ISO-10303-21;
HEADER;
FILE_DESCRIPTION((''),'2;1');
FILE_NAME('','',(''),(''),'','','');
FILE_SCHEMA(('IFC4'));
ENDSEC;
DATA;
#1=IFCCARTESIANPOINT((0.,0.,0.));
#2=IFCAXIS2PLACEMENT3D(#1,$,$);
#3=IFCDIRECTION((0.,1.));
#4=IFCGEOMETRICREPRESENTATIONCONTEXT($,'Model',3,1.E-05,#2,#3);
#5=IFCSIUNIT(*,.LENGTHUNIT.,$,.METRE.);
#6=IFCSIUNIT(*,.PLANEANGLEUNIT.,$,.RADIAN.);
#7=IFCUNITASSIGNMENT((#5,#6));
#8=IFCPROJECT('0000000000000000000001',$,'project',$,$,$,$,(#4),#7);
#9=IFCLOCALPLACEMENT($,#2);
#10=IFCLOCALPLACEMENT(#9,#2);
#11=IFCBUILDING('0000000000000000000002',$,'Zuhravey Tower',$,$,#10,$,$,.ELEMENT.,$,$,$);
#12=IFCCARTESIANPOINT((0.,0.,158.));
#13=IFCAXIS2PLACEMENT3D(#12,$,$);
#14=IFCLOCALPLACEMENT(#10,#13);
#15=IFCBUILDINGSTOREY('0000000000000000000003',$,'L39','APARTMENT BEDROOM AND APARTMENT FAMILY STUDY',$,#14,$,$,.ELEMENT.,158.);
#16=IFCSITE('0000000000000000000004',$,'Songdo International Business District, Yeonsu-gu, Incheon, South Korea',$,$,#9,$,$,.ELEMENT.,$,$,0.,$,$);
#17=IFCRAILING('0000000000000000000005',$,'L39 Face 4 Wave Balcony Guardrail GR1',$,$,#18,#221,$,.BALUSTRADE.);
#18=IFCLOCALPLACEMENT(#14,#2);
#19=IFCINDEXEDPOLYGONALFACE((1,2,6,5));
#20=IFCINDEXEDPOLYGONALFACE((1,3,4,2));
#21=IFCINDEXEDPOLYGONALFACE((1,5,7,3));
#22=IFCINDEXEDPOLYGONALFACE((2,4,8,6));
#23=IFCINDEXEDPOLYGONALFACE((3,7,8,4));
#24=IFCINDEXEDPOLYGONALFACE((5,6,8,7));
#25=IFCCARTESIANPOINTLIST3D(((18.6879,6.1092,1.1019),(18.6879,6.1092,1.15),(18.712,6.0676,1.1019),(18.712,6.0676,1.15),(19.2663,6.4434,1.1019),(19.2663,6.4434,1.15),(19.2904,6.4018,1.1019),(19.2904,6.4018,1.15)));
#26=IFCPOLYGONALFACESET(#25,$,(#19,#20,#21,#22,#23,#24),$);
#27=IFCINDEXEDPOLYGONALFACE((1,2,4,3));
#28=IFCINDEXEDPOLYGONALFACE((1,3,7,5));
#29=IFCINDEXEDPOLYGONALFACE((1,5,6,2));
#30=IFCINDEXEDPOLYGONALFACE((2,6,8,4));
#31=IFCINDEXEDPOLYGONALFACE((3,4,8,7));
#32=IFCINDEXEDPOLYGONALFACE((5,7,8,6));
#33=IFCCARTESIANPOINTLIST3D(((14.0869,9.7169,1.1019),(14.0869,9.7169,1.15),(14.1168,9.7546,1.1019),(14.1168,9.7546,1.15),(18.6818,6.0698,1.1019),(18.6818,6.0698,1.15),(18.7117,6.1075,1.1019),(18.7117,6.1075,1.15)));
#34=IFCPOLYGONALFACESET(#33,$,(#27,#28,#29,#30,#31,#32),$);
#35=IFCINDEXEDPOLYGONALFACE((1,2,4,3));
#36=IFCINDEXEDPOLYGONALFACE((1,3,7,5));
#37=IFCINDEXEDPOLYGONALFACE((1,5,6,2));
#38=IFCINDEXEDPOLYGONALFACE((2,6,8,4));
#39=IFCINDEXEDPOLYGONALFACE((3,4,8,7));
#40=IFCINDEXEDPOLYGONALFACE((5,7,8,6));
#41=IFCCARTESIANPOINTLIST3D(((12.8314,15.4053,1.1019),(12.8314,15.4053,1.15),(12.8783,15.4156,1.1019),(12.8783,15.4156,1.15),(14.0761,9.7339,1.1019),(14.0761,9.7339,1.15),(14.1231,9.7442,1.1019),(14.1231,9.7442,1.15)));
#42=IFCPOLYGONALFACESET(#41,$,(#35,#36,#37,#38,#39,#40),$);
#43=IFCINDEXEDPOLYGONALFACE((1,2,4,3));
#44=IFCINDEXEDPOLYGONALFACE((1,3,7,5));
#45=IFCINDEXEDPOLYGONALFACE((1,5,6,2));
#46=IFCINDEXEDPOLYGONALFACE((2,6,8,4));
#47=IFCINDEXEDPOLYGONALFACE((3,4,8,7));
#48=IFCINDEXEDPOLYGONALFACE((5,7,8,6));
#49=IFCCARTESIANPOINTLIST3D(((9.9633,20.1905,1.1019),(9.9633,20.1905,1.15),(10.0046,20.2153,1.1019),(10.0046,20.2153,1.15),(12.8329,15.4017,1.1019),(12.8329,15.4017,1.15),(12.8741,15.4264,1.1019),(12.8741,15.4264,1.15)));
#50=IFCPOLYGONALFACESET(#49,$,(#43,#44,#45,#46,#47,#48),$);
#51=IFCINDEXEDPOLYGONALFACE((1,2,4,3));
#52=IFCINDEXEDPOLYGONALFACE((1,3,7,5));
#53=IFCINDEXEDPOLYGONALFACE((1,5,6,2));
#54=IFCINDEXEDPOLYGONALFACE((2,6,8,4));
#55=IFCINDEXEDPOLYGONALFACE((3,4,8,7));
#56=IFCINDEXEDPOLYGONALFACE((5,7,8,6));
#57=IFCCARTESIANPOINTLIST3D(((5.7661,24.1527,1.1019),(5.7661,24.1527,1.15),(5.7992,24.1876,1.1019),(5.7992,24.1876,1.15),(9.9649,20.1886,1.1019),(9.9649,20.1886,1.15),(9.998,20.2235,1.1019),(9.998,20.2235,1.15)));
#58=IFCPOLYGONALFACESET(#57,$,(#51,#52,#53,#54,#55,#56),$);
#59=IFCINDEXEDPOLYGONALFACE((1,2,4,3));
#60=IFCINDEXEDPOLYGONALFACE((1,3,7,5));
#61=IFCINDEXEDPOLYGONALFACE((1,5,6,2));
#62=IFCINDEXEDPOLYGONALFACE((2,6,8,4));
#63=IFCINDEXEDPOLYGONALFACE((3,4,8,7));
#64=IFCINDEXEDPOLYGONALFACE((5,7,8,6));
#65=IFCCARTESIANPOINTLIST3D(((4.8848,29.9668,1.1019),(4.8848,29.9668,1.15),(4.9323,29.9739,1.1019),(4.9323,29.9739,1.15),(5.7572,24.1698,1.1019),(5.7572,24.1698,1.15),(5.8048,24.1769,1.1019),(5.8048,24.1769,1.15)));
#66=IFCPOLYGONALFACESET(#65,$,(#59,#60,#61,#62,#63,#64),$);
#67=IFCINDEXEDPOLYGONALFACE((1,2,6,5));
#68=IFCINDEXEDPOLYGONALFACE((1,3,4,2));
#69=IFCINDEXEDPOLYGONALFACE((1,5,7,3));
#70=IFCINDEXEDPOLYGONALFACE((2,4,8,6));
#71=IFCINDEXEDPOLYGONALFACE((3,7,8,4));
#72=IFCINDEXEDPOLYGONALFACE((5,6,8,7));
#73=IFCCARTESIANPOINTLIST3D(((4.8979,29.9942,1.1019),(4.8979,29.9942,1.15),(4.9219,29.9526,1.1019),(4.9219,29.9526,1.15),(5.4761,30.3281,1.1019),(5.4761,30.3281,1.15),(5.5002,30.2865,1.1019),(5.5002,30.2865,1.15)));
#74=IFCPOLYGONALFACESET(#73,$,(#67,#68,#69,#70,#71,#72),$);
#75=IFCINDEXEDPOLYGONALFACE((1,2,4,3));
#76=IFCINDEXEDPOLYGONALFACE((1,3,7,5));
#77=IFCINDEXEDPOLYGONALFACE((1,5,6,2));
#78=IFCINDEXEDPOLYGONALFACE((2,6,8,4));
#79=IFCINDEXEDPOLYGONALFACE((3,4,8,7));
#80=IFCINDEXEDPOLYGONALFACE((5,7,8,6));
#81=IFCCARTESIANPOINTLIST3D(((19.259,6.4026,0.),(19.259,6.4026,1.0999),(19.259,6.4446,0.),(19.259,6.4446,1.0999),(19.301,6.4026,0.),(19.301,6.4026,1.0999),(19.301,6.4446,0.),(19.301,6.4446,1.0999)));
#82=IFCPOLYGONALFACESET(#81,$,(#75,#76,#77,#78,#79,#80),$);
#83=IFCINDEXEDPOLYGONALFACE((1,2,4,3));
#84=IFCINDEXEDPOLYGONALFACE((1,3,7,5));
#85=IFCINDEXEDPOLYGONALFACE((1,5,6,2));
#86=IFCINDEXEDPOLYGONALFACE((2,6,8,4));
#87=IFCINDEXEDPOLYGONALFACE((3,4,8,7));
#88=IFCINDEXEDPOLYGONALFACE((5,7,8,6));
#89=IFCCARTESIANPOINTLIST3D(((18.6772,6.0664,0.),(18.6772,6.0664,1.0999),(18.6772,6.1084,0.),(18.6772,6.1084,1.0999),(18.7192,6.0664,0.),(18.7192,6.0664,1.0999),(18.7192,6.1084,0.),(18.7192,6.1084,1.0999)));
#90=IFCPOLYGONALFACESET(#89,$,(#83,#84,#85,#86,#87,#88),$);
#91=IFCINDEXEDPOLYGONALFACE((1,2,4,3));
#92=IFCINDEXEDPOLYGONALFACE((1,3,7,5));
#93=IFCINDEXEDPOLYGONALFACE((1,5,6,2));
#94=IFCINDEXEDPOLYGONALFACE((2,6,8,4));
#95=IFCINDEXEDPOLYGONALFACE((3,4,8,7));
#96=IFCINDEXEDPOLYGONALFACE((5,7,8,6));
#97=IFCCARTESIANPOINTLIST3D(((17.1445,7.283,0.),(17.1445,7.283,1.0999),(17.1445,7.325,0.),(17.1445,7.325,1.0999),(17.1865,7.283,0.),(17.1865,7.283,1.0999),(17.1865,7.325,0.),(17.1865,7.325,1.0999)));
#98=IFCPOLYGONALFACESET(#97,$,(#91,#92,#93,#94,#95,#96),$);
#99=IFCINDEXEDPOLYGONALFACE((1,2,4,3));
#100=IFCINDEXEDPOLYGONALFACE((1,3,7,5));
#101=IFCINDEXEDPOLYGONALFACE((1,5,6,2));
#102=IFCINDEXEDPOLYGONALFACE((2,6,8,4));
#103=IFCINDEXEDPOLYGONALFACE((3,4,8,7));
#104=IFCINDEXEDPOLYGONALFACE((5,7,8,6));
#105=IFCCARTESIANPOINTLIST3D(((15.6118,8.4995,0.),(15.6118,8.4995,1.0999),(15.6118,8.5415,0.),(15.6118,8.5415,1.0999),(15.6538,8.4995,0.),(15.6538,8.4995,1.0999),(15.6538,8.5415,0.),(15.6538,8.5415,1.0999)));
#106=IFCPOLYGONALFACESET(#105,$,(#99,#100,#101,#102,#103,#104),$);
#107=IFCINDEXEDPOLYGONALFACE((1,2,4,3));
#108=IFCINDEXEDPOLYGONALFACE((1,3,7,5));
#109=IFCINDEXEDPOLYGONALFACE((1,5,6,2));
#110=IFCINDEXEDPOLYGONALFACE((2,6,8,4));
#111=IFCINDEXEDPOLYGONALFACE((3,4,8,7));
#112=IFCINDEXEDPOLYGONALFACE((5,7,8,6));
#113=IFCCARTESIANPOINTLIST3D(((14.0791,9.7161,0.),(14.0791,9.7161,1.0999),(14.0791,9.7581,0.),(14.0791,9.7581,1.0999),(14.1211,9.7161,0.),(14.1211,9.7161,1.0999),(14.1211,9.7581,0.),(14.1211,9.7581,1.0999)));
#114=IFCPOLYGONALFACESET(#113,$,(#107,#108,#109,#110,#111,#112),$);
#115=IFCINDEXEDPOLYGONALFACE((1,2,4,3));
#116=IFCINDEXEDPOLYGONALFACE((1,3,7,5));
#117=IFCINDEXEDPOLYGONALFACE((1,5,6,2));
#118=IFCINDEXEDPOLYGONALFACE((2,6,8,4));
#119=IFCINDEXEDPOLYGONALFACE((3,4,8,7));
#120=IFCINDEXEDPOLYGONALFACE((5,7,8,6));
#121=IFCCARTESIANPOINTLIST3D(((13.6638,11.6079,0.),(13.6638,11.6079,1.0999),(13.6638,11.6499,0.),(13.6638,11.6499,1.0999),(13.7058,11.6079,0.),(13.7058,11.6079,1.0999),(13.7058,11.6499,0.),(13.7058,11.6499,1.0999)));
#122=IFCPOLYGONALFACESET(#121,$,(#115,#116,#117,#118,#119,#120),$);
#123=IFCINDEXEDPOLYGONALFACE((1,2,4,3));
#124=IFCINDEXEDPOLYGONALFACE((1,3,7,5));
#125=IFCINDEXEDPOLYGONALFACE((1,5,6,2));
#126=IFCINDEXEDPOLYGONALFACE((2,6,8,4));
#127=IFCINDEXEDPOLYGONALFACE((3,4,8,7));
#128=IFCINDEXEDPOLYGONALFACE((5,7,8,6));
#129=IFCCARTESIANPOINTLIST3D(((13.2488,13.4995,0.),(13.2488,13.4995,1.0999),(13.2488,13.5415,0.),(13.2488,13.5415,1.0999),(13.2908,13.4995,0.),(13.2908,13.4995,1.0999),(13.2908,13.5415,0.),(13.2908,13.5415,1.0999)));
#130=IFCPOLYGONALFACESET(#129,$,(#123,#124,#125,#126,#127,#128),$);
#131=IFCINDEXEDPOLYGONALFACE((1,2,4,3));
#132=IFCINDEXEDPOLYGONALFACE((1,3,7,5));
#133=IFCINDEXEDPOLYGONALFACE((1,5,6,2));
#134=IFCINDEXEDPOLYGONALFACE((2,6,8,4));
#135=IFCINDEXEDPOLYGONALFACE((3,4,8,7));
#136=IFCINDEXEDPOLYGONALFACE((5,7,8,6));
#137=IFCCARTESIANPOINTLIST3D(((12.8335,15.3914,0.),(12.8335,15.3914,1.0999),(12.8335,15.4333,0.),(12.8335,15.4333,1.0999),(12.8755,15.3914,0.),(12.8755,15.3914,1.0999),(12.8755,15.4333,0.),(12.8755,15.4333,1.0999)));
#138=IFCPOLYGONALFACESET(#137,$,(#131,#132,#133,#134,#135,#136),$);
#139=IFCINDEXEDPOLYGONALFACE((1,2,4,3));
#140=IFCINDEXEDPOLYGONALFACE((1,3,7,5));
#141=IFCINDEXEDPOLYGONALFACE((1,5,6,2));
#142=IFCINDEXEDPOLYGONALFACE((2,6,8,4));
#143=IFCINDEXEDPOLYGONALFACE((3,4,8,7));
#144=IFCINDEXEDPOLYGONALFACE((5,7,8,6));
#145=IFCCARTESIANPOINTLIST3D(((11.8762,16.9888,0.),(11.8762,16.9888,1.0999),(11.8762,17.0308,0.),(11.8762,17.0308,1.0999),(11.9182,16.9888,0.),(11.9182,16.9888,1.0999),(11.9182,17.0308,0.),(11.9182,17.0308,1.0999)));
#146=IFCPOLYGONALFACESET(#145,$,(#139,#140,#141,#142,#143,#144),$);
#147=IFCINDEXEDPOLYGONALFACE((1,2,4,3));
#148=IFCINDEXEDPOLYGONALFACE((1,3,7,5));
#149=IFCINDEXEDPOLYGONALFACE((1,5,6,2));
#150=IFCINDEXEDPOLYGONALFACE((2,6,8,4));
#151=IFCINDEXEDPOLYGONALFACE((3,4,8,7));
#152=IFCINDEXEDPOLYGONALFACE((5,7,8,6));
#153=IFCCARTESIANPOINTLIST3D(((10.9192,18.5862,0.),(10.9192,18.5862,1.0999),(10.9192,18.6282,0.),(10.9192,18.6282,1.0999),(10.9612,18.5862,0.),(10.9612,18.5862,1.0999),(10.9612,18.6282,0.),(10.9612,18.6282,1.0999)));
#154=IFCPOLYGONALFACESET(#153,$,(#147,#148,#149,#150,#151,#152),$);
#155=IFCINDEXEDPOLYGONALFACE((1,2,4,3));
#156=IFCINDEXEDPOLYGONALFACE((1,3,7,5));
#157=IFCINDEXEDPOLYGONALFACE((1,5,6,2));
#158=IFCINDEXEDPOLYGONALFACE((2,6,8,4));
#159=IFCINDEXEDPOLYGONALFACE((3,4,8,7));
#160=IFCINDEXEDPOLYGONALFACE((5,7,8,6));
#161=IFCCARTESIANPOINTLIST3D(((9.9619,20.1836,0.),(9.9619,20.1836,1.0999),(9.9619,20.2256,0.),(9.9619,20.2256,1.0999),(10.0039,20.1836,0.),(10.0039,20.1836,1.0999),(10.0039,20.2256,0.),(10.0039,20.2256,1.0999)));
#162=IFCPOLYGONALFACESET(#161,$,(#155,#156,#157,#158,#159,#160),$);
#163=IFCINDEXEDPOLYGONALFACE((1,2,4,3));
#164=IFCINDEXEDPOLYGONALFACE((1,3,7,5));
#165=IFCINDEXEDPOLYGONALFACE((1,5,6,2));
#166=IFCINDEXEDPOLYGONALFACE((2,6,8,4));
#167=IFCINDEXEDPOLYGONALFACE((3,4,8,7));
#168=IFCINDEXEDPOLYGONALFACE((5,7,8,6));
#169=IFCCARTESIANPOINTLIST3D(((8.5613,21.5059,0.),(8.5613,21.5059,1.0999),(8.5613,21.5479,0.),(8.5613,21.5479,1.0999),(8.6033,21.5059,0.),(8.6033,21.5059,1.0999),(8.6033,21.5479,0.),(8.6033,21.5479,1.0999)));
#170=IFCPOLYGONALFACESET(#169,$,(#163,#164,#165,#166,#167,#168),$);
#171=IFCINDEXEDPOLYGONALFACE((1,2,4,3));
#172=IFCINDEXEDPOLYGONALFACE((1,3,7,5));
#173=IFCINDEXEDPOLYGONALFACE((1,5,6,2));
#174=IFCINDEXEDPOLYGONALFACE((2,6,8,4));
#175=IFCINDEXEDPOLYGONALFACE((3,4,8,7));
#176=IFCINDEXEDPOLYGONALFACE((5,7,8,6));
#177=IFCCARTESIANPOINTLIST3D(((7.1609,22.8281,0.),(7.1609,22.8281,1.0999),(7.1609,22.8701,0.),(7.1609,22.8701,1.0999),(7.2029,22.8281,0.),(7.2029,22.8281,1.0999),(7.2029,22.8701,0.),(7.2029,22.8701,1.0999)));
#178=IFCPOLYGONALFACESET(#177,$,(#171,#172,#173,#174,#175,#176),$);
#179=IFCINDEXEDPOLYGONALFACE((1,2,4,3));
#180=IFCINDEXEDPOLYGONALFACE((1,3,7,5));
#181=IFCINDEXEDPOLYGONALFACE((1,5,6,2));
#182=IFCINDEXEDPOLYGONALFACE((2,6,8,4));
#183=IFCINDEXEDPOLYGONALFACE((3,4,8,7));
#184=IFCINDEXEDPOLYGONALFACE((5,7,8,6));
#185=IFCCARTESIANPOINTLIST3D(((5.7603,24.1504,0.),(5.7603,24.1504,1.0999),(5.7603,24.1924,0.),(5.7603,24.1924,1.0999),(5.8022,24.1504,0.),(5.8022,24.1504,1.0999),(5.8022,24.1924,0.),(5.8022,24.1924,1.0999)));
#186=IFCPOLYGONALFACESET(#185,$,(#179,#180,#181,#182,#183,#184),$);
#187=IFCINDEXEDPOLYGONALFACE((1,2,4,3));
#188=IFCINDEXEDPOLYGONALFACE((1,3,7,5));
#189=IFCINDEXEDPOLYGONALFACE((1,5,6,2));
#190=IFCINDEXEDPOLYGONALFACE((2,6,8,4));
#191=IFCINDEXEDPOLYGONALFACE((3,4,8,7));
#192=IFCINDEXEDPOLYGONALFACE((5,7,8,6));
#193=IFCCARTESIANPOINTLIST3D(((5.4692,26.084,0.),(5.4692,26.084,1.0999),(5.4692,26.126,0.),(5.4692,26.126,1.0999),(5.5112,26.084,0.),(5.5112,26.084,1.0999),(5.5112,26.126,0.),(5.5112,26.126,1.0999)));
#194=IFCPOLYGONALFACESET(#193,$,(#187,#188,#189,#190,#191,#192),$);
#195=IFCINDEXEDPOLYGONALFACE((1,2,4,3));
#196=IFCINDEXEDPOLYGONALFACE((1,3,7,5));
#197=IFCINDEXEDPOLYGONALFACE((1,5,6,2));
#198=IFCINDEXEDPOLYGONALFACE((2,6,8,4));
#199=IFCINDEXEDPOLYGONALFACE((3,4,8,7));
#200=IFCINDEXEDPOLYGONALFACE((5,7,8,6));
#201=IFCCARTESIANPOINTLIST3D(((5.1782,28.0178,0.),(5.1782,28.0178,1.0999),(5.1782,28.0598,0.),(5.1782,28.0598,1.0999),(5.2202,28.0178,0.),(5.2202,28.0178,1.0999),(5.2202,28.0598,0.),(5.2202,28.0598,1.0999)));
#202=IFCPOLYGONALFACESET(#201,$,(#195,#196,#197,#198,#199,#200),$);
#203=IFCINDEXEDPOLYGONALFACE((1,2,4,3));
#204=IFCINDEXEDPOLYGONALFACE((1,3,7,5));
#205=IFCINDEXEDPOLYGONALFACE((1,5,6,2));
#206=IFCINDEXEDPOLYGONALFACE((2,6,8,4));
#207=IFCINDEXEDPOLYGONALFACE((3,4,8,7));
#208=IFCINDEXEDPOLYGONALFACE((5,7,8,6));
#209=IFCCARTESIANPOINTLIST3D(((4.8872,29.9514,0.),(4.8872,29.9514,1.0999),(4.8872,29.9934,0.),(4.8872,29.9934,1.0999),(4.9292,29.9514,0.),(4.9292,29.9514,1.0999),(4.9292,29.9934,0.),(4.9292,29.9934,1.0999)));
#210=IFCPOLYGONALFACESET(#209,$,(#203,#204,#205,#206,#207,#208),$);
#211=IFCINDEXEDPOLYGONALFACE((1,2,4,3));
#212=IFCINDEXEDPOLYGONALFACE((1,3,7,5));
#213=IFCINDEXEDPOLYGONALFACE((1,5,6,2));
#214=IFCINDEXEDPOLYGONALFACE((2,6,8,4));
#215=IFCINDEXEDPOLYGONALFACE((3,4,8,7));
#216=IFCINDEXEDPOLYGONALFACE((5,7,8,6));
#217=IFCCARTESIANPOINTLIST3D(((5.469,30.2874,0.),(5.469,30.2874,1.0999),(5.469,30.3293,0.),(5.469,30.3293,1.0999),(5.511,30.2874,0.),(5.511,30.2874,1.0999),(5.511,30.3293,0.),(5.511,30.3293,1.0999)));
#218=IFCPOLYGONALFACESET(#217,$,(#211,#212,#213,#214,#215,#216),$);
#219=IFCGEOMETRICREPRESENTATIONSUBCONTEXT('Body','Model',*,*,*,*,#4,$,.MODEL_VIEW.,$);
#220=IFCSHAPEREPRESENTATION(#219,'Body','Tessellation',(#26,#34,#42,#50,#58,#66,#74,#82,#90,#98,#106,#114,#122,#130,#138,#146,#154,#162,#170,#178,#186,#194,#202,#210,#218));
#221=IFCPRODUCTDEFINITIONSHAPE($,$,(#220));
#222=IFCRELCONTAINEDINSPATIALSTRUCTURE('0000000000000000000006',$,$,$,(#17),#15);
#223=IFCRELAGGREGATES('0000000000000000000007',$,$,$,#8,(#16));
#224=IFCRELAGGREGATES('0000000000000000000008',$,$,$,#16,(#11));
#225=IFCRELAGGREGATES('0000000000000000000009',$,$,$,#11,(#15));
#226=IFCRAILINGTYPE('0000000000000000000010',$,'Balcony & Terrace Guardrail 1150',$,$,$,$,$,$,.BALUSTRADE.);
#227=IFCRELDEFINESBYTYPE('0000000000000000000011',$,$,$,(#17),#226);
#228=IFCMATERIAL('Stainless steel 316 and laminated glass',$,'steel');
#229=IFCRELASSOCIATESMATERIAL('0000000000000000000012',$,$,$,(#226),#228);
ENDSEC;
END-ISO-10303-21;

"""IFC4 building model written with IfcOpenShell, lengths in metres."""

from ifc_helpers import new_model, si_unit, direction, frame, origin, origin_2d, place, context, subcontext, project, spatial, rectangle, extrude, material, type_object, element, save


model = new_model("IFC4")

# Units and contexts
model_context = context("Model", 3, precision=1e-05, world=origin(), true_north=direction((0.0, 1.0)))
body_context = subcontext(model_context, "Body", "Model", "MODEL_VIEW")
ifc_project = project(units=[si_unit("LENGTHUNIT", "METRE"), si_unit("PLANEANGLEUNIT", "RADIAN")], contexts=[model_context])

# Site, building, storey
site_placement = place(None, origin())
site = spatial("IfcSite", under=ifc_project, at=site_placement, Name="Songdo International Business District, Yeonsu-gu, Incheon, South Korea", CompositionType="ELEMENT", RefElevation=0.0)
building_placement = place(site_placement, origin())
building = spatial("IfcBuilding", under=site, at=building_placement, Name="Zuhravey Tower", CompositionType="ELEMENT")
storey_placement = place(building_placement, frame((0.0, 0.0, 158.0)))
storey = spatial("IfcBuildingStorey", under=building, at=storey_placement, Name="L39", Description="APARTMENT BEDROOM AND APARTMENT FAMILY STUDY", CompositionType="ELEMENT", Elevation=158.0)

# Railing
ifc_material_1 = material(Name="Stainless steel 316 and laminated glass", Category="steel")
railing_type = type_object("IfcRailingType", Name="Balcony & Terrace Guardrail 1150", PredefinedType="BALUSTRADE", material=ifc_material_1)
railing_placement = place(storey_placement, frame((19.28, 6.4236, 0.0)))
element("IfcRailing", 1, at=railing_placement, inside=storey, type_object=railing_type, Name="L39 Face 4 Wave Balcony Guardrail GR1", PredefinedType="BALUSTRADE", context=body_context, shape_type="SweptSolid", body=[
    extrude(rectangle(XDim=0.0481, YDim=0.0481, at=origin_2d()), frame((-0.0017, -0.001, 1.126), z_axis=(-0.865841, -0.50032, 0.0), x_axis=(0.50032, -0.865841, 0.0)), (0.0, 0.0, 1.0), 0.668),
    extrude(rectangle(XDim=0.0481, YDim=0.0481, at=origin_2d()), frame((-0.5833, -0.335, 1.126), z_axis=(-0.783261, 0.621693, 0.0), x_axis=(-0.621693, -0.783261, 0.0)), (0.0, 0.0, 1.0), 5.8665),
    extrude(rectangle(XDim=0.0481, YDim=0.0481, at=origin_2d()), frame((-5.1804, 3.3154, 1.126), z_axis=(-0.214376, 0.976751, 0.0), x_axis=(-0.976751, -0.214376, 0.0)), (0.0, 0.0, 1.0), 5.8064),
    extrude(rectangle(XDim=0.0481, YDim=0.0481, at=origin_2d()), frame((-6.4265, 8.9905, 1.126), z_axis=(-0.514001, 0.85779, 0.0), x_axis=(-0.85779, -0.514001, 0.0)), (0.0, 0.0, 1.0), 5.5828),
    extrude(rectangle(XDim=0.0481, YDim=0.0481, at=origin_2d()), frame((-9.2986, 13.7825, 1.126), z_axis=(-0.727137, 0.686492, 0.0), x_axis=(-0.686492, -0.727137, 0.0)), (0.0, 0.0, 1.0), 5.7744),
    extrude(rectangle(XDim=0.0481, YDim=0.0481, at=origin_2d()), frame((-13.499, 17.7498, 1.126), z_axis=(-0.148823, 0.988864, 0.0), x_axis=(-0.988864, -0.148823, 0.0)), (0.0, 0.0, 1.0), 5.8623),
    extrude(rectangle(XDim=0.0481, YDim=0.0481, at=origin_2d()), frame((-14.3701, 23.5498, 1.126), z_axis=(0.865998, 0.500048, 0.0), x_axis=(-0.500048, 0.865998, 0.0)), (0.0, 0.0, 1.0), 0.6677),
    extrude(rectangle(XDim=0.042, YDim=0.042, at=origin_2d()), origin(), (0.0, 0.0, 1.0), 1.0999),
    extrude(rectangle(XDim=0.042, YDim=0.042, at=origin_2d()), frame((-0.5818, -0.3362, 0.0)), (0.0, 0.0, 1.0), 1.0999),
    extrude(rectangle(XDim=0.042, YDim=0.042, at=origin_2d()), frame((-2.1145, 0.8804, 0.0)), (0.0, 0.0, 1.0), 1.0999),
    extrude(rectangle(XDim=0.042, YDim=0.042, at=origin_2d()), frame((-3.6472, 2.0969, 0.0)), (0.0, 0.0, 1.0), 1.0999),
    extrude(rectangle(XDim=0.042, YDim=0.042, at=origin_2d()), frame((-5.1799, 3.3135, 0.0)), (0.0, 0.0, 1.0), 1.0999),
    extrude(rectangle(XDim=0.042, YDim=0.042, at=origin_2d()), frame((-5.5952, 5.2053, 0.0)), (0.0, 0.0, 1.0), 1.0999),
    extrude(rectangle(XDim=0.042, YDim=0.042, at=origin_2d()), frame((-6.0103, 7.0969, 0.0)), (0.0, 0.0, 1.0), 1.0999),
    extrude(rectangle(XDim=0.042, YDim=0.042, at=origin_2d()), frame((-6.4255, 8.9888, 0.0)), (0.0, 0.0, 1.0), 1.0999),
    extrude(rectangle(XDim=0.042, YDim=0.042, at=origin_2d()), frame((-7.3828, 10.5862, 0.0)), (0.0, 0.0, 1.0), 1.0999),
    extrude(rectangle(XDim=0.042, YDim=0.042, at=origin_2d()), frame((-8.3398, 12.1836, 0.0)), (0.0, 0.0, 1.0), 1.0999),
    extrude(rectangle(XDim=0.042, YDim=0.042, at=origin_2d()), frame((-9.2971, 13.781, 0.0)), (0.0, 0.0, 1.0), 1.0999),
    extrude(rectangle(XDim=0.042, YDim=0.042, at=origin_2d()), frame((-10.6978, 15.1033, 0.0)), (0.0, 0.0, 1.0), 1.0999),
    extrude(rectangle(XDim=0.042, YDim=0.042, at=origin_2d()), frame((-12.0981, 16.4255, 0.0)), (0.0, 0.0, 1.0), 1.0999),
    extrude(rectangle(XDim=0.042, YDim=0.042, at=origin_2d()), frame((-13.4988, 17.7478, 0.0)), (0.0, 0.0, 1.0), 1.0999),
    extrude(rectangle(XDim=0.042, YDim=0.042, at=origin_2d()), frame((-13.7898, 19.6814, 0.0)), (0.0, 0.0, 1.0), 1.0999),
    extrude(rectangle(XDim=0.042, YDim=0.042, at=origin_2d()), frame((-14.0808, 21.6152, 0.0)), (0.0, 0.0, 1.0), 1.0999),
    extrude(rectangle(XDim=0.042, YDim=0.042, at=origin_2d()), frame((-14.3718, 23.5488, 0.0)), (0.0, 0.0, 1.0), 1.0999),
    extrude(rectangle(XDim=0.042, YDim=0.042, at=origin_2d()), frame((-13.79, 23.8848, 0.0)), (0.0, 0.0, 1.0), 1.0999),
])

save(model, "model.ifc")
